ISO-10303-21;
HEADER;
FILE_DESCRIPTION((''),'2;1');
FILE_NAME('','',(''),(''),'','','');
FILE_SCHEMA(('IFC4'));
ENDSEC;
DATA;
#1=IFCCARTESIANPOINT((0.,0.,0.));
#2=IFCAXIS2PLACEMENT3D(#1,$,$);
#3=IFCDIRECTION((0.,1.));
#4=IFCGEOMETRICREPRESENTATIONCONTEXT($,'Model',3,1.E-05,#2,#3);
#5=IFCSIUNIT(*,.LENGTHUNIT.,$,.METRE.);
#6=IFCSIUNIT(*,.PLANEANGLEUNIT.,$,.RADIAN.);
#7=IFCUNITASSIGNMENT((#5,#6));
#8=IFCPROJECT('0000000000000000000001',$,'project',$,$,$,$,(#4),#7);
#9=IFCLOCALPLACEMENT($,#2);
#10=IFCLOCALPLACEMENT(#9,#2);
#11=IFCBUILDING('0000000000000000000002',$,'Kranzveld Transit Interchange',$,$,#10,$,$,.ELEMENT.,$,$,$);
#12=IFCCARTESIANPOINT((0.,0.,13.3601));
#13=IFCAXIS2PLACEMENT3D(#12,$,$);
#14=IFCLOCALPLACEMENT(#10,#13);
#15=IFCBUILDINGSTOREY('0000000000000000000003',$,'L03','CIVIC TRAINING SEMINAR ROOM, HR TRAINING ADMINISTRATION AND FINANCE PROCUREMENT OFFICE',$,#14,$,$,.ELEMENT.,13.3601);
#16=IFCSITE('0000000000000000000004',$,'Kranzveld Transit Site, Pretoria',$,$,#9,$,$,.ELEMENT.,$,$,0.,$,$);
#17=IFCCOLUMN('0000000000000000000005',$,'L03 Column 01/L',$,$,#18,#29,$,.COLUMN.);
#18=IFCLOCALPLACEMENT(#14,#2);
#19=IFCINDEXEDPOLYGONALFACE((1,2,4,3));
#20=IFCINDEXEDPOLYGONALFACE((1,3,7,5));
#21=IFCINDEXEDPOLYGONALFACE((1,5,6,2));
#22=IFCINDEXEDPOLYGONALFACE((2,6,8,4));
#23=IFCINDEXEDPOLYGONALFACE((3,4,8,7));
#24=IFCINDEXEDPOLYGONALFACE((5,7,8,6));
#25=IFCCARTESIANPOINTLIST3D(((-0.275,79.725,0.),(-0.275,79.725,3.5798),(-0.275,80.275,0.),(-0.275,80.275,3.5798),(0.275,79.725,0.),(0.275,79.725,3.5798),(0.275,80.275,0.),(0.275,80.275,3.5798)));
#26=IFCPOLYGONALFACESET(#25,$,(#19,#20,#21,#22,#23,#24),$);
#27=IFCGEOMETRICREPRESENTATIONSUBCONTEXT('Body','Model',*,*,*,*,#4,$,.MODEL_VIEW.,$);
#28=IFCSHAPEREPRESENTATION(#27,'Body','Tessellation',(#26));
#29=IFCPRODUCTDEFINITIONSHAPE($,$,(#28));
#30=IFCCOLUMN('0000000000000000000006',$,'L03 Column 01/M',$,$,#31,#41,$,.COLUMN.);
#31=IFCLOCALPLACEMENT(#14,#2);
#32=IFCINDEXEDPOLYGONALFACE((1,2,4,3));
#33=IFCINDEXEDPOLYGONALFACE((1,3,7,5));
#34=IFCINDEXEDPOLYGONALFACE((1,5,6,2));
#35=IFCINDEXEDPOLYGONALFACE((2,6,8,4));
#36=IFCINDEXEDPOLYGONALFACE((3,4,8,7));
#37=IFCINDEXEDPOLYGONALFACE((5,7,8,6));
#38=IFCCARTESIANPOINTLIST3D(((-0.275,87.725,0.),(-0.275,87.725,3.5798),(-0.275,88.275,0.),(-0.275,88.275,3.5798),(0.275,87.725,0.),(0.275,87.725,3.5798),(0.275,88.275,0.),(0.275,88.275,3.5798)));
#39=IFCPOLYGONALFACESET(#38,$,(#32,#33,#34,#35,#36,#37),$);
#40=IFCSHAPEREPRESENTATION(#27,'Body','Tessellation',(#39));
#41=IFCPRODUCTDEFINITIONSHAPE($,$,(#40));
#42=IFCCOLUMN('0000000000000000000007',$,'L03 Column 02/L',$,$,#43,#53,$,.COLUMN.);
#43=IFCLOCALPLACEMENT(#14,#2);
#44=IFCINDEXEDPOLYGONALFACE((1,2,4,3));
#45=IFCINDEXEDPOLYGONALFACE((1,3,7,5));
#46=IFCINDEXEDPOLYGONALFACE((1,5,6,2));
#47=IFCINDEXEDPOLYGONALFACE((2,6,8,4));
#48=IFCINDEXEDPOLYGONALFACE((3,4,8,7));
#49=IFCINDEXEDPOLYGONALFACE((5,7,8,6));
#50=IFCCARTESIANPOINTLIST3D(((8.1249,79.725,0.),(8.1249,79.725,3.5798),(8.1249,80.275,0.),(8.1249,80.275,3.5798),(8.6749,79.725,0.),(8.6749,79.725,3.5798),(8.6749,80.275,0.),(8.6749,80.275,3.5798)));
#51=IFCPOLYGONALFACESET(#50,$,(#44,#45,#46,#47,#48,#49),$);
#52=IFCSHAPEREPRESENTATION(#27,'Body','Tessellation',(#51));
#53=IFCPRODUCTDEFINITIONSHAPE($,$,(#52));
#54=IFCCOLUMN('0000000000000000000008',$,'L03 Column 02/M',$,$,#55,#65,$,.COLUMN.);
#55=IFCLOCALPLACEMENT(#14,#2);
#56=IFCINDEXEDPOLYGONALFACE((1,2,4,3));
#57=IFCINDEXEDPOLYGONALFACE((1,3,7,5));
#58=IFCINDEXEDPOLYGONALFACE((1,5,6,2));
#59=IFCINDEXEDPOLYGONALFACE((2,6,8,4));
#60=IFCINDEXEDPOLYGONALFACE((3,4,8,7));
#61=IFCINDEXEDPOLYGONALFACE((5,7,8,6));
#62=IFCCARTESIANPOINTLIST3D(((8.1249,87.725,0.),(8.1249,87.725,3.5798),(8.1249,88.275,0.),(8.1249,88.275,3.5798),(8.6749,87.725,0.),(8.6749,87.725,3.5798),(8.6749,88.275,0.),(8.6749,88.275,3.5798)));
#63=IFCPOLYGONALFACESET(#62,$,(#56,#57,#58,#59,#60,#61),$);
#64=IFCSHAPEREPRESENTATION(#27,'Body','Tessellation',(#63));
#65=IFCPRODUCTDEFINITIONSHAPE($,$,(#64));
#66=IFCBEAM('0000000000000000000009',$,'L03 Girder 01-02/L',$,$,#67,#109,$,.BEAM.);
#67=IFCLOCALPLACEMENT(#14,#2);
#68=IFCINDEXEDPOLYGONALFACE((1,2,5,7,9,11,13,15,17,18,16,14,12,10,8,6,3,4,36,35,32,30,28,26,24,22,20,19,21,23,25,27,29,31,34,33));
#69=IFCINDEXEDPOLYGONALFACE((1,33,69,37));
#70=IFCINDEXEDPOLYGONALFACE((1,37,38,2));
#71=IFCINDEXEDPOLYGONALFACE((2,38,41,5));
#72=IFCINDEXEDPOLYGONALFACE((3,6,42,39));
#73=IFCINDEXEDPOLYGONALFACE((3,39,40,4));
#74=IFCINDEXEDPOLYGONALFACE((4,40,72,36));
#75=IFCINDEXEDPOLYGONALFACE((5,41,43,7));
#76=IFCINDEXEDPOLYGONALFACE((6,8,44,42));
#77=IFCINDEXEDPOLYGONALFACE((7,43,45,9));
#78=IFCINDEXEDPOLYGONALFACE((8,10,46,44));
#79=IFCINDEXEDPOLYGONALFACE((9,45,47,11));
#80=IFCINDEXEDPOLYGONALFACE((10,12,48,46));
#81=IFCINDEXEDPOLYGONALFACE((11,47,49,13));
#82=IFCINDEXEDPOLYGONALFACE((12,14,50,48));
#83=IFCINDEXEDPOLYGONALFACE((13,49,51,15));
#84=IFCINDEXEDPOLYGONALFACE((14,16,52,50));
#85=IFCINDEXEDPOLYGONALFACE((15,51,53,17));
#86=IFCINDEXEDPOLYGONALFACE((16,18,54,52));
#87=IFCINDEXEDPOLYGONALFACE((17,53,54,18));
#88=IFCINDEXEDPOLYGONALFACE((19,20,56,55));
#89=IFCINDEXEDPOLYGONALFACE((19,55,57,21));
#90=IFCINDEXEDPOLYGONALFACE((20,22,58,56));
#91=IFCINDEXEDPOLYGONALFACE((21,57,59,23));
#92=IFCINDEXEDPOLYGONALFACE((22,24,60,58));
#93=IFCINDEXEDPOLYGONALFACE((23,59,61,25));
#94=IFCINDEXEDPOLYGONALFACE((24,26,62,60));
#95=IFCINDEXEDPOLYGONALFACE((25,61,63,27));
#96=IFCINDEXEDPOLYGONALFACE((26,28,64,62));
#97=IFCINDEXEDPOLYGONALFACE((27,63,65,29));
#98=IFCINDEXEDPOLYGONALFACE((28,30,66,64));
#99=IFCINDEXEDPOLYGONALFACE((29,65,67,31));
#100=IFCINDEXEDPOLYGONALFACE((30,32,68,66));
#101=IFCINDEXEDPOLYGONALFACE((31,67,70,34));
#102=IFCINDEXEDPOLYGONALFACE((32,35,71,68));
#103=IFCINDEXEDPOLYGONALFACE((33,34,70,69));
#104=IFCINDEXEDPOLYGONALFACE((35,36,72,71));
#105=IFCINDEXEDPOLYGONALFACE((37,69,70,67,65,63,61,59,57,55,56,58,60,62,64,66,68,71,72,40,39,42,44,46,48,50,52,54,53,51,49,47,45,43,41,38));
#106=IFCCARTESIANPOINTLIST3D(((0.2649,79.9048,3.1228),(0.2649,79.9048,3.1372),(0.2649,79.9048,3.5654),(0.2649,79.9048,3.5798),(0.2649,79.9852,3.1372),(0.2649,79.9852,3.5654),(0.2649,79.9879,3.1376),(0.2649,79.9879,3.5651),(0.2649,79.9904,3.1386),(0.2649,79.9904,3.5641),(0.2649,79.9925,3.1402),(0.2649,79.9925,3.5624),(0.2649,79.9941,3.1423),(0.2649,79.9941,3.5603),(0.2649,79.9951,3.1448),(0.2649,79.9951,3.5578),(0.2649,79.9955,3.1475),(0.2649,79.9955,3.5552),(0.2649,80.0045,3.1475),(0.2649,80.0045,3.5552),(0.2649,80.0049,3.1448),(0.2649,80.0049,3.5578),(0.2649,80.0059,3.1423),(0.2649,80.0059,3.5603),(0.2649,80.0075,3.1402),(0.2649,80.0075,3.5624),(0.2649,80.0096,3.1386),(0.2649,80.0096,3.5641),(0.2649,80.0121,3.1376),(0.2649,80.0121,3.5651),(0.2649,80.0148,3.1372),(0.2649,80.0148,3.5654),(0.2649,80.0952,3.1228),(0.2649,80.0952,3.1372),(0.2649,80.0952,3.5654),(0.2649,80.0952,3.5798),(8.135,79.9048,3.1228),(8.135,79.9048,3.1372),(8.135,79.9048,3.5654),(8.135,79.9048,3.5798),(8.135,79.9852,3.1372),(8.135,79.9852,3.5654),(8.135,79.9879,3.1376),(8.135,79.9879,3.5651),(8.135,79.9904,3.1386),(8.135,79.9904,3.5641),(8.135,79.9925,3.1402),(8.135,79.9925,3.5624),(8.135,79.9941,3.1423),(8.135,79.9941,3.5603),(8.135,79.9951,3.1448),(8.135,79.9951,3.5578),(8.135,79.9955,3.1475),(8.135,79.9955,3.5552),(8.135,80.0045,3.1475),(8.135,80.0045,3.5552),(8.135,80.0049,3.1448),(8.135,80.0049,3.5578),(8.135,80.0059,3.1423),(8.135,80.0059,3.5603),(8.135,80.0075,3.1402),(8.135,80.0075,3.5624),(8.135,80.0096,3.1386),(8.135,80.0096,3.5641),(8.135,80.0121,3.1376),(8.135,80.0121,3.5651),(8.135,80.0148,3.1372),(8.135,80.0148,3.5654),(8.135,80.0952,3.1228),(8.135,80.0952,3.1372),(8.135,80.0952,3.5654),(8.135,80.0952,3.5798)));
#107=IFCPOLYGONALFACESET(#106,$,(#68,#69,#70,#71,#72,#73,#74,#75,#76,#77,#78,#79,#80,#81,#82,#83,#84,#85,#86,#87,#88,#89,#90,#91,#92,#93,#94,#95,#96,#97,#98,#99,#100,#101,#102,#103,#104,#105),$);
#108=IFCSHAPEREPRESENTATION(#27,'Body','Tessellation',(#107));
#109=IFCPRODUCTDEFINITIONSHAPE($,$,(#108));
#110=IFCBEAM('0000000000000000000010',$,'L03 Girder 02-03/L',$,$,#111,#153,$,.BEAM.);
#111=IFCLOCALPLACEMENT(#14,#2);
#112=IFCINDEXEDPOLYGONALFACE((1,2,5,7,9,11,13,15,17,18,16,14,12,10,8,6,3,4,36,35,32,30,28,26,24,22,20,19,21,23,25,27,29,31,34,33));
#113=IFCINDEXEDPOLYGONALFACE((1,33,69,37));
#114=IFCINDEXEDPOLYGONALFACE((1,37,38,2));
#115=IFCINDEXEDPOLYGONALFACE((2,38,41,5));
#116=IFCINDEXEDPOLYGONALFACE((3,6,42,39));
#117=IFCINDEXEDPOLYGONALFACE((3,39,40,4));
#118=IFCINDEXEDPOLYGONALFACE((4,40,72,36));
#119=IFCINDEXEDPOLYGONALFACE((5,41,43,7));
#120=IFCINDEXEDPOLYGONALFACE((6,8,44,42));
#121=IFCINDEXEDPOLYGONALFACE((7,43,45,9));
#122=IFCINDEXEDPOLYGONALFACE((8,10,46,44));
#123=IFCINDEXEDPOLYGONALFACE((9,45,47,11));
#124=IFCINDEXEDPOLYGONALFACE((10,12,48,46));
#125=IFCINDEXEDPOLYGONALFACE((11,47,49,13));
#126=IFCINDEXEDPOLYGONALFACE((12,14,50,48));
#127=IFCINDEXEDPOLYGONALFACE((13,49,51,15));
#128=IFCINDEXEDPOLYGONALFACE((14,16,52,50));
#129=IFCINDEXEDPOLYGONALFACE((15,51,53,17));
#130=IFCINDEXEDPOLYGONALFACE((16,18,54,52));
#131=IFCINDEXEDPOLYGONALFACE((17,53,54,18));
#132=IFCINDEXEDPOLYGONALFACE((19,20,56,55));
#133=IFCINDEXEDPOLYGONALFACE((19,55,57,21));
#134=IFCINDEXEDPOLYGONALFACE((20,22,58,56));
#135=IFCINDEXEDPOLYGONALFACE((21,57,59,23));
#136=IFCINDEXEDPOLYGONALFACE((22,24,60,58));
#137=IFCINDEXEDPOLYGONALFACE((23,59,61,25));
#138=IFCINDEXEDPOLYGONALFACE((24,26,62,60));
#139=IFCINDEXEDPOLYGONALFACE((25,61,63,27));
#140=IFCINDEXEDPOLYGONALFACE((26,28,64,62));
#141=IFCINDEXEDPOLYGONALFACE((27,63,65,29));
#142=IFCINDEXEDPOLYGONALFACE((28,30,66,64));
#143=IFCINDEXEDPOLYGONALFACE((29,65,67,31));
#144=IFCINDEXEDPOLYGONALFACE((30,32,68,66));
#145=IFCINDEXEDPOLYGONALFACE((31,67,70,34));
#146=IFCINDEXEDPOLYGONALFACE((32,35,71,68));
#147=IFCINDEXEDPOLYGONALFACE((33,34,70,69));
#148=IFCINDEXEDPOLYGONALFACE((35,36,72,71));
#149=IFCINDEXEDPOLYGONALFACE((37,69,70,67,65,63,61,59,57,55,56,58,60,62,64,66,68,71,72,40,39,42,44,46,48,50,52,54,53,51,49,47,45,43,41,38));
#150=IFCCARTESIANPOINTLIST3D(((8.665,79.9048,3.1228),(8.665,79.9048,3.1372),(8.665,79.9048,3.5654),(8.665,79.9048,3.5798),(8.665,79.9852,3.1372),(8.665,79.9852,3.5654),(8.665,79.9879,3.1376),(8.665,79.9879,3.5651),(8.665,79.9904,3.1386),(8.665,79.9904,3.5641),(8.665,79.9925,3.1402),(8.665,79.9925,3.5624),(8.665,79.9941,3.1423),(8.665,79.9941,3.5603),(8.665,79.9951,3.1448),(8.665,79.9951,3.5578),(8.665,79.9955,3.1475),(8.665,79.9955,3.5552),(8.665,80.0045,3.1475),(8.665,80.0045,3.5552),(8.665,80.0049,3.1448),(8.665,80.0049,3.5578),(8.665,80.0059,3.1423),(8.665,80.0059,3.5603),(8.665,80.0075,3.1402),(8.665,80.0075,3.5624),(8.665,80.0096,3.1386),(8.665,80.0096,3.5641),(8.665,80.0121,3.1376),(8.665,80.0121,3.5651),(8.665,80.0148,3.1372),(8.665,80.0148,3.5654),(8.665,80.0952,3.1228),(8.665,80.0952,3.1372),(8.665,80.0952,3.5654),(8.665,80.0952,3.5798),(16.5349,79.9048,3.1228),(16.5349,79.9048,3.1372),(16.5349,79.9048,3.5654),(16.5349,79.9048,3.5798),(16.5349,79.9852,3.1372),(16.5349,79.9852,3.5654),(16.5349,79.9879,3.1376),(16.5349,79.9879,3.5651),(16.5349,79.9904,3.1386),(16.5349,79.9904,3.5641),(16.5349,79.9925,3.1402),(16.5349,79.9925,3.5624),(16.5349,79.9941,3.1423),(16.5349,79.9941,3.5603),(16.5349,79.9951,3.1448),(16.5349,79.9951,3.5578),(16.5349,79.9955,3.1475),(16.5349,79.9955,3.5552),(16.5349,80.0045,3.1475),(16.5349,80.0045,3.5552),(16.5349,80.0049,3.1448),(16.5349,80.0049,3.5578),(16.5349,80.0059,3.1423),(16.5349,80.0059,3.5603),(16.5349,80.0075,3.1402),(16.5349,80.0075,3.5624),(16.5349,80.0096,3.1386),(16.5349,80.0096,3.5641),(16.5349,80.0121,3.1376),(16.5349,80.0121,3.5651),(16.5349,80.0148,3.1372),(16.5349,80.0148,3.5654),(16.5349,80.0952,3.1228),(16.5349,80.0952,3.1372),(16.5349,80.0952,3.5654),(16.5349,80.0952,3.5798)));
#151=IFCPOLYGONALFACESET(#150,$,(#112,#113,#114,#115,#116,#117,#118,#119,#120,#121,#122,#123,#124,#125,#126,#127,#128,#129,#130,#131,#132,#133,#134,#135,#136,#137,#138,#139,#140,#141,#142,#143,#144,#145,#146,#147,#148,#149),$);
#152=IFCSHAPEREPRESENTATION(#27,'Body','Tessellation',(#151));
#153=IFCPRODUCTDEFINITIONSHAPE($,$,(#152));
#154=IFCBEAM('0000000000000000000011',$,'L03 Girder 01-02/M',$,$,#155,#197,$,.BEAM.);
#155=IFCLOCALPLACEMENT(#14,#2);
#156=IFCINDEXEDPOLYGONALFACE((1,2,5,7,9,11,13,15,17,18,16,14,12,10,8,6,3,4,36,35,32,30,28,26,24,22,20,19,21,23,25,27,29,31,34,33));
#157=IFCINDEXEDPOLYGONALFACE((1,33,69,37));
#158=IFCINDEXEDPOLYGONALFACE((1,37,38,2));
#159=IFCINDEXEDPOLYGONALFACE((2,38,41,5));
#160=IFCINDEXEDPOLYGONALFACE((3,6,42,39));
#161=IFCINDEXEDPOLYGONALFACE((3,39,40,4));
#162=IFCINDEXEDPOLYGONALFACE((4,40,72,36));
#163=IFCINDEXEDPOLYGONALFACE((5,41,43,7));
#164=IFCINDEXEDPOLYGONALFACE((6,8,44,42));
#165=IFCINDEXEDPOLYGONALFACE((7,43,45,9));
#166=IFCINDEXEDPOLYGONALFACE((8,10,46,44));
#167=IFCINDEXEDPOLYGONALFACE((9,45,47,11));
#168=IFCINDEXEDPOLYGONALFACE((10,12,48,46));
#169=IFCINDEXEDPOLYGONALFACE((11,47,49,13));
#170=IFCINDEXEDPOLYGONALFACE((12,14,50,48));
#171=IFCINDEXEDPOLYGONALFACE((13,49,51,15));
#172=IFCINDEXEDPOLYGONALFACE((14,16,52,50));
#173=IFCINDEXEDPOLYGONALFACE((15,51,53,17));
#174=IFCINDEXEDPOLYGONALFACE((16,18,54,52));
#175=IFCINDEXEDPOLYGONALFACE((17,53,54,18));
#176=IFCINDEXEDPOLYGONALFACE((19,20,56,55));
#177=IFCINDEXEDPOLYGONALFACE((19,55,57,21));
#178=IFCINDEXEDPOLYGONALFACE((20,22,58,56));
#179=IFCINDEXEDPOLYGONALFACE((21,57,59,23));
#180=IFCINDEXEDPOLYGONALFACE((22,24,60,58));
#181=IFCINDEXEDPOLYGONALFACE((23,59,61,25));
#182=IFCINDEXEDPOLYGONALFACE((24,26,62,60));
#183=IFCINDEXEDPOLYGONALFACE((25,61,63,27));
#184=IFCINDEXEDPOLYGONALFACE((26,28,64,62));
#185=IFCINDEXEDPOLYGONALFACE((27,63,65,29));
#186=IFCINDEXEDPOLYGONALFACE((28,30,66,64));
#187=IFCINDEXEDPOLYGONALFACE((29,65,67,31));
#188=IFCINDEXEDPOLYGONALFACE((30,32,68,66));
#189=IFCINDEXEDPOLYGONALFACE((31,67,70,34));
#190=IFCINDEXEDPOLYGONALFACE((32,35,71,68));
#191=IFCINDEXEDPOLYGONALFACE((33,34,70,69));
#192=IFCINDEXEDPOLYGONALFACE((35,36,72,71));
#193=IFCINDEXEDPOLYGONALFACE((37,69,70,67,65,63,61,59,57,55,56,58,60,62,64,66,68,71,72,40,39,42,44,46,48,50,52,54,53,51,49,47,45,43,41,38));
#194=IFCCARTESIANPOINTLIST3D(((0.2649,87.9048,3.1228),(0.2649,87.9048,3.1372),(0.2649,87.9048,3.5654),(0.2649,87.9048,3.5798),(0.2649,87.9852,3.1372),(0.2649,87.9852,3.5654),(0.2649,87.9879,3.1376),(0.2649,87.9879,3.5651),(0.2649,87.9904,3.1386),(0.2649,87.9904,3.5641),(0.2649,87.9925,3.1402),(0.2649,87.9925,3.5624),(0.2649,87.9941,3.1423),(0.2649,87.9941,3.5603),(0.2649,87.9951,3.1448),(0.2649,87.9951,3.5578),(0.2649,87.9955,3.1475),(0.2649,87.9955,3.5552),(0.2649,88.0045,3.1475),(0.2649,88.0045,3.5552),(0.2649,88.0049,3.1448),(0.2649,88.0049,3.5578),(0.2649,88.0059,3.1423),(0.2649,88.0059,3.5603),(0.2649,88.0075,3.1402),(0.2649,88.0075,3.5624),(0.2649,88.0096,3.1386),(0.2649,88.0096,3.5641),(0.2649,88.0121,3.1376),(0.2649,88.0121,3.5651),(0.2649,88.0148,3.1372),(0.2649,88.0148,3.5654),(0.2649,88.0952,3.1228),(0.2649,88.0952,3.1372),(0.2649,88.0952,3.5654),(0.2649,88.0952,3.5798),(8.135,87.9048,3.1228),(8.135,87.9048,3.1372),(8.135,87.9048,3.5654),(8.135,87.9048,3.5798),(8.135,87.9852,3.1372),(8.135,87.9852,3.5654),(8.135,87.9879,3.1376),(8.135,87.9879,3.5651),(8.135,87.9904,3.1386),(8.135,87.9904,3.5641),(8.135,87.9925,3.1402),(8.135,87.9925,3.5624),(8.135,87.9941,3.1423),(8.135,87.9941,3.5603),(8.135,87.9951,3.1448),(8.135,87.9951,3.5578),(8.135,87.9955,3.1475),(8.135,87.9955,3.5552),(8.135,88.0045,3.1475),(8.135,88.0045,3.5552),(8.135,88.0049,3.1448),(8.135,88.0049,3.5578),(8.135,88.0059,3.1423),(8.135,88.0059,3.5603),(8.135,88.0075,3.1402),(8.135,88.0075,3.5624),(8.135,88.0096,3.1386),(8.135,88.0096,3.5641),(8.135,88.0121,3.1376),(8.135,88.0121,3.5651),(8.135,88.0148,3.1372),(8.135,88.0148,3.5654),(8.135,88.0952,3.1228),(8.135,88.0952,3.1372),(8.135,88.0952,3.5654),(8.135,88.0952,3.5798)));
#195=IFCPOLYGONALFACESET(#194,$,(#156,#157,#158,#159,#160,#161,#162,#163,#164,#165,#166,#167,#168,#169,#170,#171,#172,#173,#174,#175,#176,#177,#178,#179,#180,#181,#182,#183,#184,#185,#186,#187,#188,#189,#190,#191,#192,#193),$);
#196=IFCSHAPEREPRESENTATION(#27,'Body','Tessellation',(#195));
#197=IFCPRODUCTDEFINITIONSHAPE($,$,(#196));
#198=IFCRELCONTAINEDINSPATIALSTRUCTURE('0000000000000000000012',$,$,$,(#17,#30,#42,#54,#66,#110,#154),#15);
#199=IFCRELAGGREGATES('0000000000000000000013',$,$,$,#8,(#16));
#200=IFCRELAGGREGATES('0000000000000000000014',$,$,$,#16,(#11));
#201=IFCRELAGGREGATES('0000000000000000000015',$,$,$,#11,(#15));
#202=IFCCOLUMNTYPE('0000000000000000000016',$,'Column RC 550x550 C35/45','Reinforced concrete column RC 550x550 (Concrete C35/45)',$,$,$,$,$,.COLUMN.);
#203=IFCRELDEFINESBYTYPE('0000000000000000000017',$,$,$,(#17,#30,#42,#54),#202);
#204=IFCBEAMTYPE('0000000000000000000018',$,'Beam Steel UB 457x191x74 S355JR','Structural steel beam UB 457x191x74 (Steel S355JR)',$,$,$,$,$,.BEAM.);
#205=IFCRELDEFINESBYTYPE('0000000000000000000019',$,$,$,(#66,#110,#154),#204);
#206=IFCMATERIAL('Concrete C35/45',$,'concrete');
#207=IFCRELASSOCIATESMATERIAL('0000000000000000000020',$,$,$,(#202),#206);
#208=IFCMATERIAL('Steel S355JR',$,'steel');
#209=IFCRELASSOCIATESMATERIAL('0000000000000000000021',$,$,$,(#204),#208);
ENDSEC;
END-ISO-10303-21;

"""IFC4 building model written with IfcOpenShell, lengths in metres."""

from ifc_helpers import new_model, si_unit, direction, frame, origin, origin_2d, place, context, subcontext, project, spatial, rectangle, i_section, extrude, material, material_profile, profile_set, type_object, element, save


model = new_model("IFC4")

# Units and contexts
model_context = context("Model", 3, precision=1e-05, world=origin(), true_north=direction((0.0, 1.0)))
body_context = subcontext(model_context, "Body", "Model", "MODEL_VIEW")
ifc_project = project(units=[si_unit("LENGTHUNIT", "METRE"), si_unit("PLANEANGLEUNIT", "RADIAN")], contexts=[model_context])

# Site, building, storey
site_placement = place(None, origin())
site = spatial("IfcSite", under=ifc_project, at=site_placement, Name="Kranzveld Transit Site, Pretoria", CompositionType="ELEMENT", RefElevation=0.0)
building_placement = place(site_placement, origin())
building = spatial("IfcBuilding", under=site, at=building_placement, Name="Kranzveld Transit Interchange", CompositionType="ELEMENT")
storey_placement = place(building_placement, frame((0.0, 0.0, 13.3601)))
storey = spatial("IfcBuildingStorey", under=building, at=storey_placement, Name="L03", Description="CIVIC TRAINING SEMINAR ROOM, HR TRAINING ADMINISTRATION AND FINANCE PROCUREMENT OFFICE", CompositionType="ELEMENT", Elevation=13.3601)

# Columns
ifc_material_1 = material(Name="Concrete C35/45", Category="concrete")
ifc_material_profile_1 = material_profile(ifc_material_1, rectangle(XDim=0.55, YDim=0.55, at=origin_2d()), Name="RC 550x550")
ifc_profile_set_1 = profile_set([ifc_material_profile_1], Name="Concrete C35/45")
column_type = type_object("IfcColumnType", Name="Column RC 550x550 C35/45", Description="Reinforced concrete column RC 550x550 (Concrete C35/45)", PredefinedType="COLUMN", material=ifc_profile_set_1)
for number, where, z_axis, x_axis, name in (
    (1, (0.0, 80.0, 0.0), (0.0, 0.0, 1.0), (1.0, 0.0, 0.0), "L03 Column 01/L"),
    (2, (0.0, 88.0, 0.0), (0.0, 0.0, 1.0), (1.0, 0.0, 0.0), "L03 Column 01/M"),
    (3, (8.3999, 80.0, 0.0), (0.0, 0.0, 1.0), (1.0, 0.0, 0.0), "L03 Column 02/L"),
    (4, (8.3999, 88.0, 0.0), (0.0, 0.0, 1.0), (1.0, 0.0, 0.0), "L03 Column 02/M"),
):
    element("IfcColumn", number, at=place(storey_placement, frame(where, z_axis=z_axis, x_axis=x_axis)), inside=storey, type_object=column_type, Name=name, PredefinedType="COLUMN", context=body_context, shape_type="SweptSolid", body=[
        extrude(rectangle(XDim=0.55, YDim=0.55, at=origin_2d()), origin(), (0.0, 0.0, 1.0), 3.5798),
    ])

# Beams
ifc_material_2 = material(Name="Steel S355JR", Category="steel")
ifc_material_profile_2 = material_profile(ifc_material_2, i_section(OverallWidth=0.1904, OverallDepth=0.457, WebThickness=0.009, FlangeThickness=0.0144, FilletRadius=0.0103, at=origin_2d()), Name="UB 457x191x74")
ifc_profile_set_2 = profile_set([ifc_material_profile_2], Name="Steel S355JR")
beam_type_1 = type_object("IfcBeamType", Name="Beam Steel UB 457x191x74 S355JR", Description="Structural steel beam UB 457x191x74 (Steel S355JR)", PredefinedType="BEAM", material=ifc_profile_set_2)
beam_1_placement = place(storey_placement, frame((0.2649, 80.0, 3.3513), z_axis=(1.0, 0.0, 0.0), x_axis=(0.0, 1.0, 0.0)))
element("IfcBeam", 5, at=beam_1_placement, inside=storey, type_object=beam_type_1, Name="L03 Girder 01-02/L", PredefinedType="BEAM", context=body_context, shape_type="SweptSolid", body=[
    extrude(i_section(OverallWidth=0.1904, OverallDepth=0.457, WebThickness=0.009, FlangeThickness=0.0144, FilletRadius=0.0103, at=origin_2d()), origin(), (0.0, 0.0, 1.0), 7.8701),
])
beam_2_placement = place(storey_placement, frame((8.665, 80.0, 3.3513), z_axis=(1.0, 0.0, 0.0), x_axis=(0.0, 1.0, 0.0)))
element("IfcBeam", 6, at=beam_2_placement, inside=storey, type_object=beam_type_1, Name="L03 Girder 02-03/L", PredefinedType="BEAM", context=body_context, shape_type="SweptSolid", body=[
    extrude(i_section(OverallWidth=0.1904, OverallDepth=0.457, WebThickness=0.009, FlangeThickness=0.0144, FilletRadius=0.0103, at=origin_2d()), origin(), (0.0, 0.0, 1.0), 7.8699),
])
beam_3_placement = place(storey_placement, frame((0.2649, 88.0, 3.3513), z_axis=(1.0, 0.0, 0.0), x_axis=(0.0, 1.0, 0.0)))
element("IfcBeam", 7, at=beam_3_placement, inside=storey, type_object=beam_type_1, Name="L03 Girder 01-02/M", PredefinedType="BEAM", context=body_context, shape_type="SweptSolid", body=[
    extrude(i_section(OverallWidth=0.1904, OverallDepth=0.457, WebThickness=0.009, FlangeThickness=0.0144, FilletRadius=0.0103, at=origin_2d()), origin(), (0.0, 0.0, 1.0), 7.8701),
])

save(model, "model.ifc")
